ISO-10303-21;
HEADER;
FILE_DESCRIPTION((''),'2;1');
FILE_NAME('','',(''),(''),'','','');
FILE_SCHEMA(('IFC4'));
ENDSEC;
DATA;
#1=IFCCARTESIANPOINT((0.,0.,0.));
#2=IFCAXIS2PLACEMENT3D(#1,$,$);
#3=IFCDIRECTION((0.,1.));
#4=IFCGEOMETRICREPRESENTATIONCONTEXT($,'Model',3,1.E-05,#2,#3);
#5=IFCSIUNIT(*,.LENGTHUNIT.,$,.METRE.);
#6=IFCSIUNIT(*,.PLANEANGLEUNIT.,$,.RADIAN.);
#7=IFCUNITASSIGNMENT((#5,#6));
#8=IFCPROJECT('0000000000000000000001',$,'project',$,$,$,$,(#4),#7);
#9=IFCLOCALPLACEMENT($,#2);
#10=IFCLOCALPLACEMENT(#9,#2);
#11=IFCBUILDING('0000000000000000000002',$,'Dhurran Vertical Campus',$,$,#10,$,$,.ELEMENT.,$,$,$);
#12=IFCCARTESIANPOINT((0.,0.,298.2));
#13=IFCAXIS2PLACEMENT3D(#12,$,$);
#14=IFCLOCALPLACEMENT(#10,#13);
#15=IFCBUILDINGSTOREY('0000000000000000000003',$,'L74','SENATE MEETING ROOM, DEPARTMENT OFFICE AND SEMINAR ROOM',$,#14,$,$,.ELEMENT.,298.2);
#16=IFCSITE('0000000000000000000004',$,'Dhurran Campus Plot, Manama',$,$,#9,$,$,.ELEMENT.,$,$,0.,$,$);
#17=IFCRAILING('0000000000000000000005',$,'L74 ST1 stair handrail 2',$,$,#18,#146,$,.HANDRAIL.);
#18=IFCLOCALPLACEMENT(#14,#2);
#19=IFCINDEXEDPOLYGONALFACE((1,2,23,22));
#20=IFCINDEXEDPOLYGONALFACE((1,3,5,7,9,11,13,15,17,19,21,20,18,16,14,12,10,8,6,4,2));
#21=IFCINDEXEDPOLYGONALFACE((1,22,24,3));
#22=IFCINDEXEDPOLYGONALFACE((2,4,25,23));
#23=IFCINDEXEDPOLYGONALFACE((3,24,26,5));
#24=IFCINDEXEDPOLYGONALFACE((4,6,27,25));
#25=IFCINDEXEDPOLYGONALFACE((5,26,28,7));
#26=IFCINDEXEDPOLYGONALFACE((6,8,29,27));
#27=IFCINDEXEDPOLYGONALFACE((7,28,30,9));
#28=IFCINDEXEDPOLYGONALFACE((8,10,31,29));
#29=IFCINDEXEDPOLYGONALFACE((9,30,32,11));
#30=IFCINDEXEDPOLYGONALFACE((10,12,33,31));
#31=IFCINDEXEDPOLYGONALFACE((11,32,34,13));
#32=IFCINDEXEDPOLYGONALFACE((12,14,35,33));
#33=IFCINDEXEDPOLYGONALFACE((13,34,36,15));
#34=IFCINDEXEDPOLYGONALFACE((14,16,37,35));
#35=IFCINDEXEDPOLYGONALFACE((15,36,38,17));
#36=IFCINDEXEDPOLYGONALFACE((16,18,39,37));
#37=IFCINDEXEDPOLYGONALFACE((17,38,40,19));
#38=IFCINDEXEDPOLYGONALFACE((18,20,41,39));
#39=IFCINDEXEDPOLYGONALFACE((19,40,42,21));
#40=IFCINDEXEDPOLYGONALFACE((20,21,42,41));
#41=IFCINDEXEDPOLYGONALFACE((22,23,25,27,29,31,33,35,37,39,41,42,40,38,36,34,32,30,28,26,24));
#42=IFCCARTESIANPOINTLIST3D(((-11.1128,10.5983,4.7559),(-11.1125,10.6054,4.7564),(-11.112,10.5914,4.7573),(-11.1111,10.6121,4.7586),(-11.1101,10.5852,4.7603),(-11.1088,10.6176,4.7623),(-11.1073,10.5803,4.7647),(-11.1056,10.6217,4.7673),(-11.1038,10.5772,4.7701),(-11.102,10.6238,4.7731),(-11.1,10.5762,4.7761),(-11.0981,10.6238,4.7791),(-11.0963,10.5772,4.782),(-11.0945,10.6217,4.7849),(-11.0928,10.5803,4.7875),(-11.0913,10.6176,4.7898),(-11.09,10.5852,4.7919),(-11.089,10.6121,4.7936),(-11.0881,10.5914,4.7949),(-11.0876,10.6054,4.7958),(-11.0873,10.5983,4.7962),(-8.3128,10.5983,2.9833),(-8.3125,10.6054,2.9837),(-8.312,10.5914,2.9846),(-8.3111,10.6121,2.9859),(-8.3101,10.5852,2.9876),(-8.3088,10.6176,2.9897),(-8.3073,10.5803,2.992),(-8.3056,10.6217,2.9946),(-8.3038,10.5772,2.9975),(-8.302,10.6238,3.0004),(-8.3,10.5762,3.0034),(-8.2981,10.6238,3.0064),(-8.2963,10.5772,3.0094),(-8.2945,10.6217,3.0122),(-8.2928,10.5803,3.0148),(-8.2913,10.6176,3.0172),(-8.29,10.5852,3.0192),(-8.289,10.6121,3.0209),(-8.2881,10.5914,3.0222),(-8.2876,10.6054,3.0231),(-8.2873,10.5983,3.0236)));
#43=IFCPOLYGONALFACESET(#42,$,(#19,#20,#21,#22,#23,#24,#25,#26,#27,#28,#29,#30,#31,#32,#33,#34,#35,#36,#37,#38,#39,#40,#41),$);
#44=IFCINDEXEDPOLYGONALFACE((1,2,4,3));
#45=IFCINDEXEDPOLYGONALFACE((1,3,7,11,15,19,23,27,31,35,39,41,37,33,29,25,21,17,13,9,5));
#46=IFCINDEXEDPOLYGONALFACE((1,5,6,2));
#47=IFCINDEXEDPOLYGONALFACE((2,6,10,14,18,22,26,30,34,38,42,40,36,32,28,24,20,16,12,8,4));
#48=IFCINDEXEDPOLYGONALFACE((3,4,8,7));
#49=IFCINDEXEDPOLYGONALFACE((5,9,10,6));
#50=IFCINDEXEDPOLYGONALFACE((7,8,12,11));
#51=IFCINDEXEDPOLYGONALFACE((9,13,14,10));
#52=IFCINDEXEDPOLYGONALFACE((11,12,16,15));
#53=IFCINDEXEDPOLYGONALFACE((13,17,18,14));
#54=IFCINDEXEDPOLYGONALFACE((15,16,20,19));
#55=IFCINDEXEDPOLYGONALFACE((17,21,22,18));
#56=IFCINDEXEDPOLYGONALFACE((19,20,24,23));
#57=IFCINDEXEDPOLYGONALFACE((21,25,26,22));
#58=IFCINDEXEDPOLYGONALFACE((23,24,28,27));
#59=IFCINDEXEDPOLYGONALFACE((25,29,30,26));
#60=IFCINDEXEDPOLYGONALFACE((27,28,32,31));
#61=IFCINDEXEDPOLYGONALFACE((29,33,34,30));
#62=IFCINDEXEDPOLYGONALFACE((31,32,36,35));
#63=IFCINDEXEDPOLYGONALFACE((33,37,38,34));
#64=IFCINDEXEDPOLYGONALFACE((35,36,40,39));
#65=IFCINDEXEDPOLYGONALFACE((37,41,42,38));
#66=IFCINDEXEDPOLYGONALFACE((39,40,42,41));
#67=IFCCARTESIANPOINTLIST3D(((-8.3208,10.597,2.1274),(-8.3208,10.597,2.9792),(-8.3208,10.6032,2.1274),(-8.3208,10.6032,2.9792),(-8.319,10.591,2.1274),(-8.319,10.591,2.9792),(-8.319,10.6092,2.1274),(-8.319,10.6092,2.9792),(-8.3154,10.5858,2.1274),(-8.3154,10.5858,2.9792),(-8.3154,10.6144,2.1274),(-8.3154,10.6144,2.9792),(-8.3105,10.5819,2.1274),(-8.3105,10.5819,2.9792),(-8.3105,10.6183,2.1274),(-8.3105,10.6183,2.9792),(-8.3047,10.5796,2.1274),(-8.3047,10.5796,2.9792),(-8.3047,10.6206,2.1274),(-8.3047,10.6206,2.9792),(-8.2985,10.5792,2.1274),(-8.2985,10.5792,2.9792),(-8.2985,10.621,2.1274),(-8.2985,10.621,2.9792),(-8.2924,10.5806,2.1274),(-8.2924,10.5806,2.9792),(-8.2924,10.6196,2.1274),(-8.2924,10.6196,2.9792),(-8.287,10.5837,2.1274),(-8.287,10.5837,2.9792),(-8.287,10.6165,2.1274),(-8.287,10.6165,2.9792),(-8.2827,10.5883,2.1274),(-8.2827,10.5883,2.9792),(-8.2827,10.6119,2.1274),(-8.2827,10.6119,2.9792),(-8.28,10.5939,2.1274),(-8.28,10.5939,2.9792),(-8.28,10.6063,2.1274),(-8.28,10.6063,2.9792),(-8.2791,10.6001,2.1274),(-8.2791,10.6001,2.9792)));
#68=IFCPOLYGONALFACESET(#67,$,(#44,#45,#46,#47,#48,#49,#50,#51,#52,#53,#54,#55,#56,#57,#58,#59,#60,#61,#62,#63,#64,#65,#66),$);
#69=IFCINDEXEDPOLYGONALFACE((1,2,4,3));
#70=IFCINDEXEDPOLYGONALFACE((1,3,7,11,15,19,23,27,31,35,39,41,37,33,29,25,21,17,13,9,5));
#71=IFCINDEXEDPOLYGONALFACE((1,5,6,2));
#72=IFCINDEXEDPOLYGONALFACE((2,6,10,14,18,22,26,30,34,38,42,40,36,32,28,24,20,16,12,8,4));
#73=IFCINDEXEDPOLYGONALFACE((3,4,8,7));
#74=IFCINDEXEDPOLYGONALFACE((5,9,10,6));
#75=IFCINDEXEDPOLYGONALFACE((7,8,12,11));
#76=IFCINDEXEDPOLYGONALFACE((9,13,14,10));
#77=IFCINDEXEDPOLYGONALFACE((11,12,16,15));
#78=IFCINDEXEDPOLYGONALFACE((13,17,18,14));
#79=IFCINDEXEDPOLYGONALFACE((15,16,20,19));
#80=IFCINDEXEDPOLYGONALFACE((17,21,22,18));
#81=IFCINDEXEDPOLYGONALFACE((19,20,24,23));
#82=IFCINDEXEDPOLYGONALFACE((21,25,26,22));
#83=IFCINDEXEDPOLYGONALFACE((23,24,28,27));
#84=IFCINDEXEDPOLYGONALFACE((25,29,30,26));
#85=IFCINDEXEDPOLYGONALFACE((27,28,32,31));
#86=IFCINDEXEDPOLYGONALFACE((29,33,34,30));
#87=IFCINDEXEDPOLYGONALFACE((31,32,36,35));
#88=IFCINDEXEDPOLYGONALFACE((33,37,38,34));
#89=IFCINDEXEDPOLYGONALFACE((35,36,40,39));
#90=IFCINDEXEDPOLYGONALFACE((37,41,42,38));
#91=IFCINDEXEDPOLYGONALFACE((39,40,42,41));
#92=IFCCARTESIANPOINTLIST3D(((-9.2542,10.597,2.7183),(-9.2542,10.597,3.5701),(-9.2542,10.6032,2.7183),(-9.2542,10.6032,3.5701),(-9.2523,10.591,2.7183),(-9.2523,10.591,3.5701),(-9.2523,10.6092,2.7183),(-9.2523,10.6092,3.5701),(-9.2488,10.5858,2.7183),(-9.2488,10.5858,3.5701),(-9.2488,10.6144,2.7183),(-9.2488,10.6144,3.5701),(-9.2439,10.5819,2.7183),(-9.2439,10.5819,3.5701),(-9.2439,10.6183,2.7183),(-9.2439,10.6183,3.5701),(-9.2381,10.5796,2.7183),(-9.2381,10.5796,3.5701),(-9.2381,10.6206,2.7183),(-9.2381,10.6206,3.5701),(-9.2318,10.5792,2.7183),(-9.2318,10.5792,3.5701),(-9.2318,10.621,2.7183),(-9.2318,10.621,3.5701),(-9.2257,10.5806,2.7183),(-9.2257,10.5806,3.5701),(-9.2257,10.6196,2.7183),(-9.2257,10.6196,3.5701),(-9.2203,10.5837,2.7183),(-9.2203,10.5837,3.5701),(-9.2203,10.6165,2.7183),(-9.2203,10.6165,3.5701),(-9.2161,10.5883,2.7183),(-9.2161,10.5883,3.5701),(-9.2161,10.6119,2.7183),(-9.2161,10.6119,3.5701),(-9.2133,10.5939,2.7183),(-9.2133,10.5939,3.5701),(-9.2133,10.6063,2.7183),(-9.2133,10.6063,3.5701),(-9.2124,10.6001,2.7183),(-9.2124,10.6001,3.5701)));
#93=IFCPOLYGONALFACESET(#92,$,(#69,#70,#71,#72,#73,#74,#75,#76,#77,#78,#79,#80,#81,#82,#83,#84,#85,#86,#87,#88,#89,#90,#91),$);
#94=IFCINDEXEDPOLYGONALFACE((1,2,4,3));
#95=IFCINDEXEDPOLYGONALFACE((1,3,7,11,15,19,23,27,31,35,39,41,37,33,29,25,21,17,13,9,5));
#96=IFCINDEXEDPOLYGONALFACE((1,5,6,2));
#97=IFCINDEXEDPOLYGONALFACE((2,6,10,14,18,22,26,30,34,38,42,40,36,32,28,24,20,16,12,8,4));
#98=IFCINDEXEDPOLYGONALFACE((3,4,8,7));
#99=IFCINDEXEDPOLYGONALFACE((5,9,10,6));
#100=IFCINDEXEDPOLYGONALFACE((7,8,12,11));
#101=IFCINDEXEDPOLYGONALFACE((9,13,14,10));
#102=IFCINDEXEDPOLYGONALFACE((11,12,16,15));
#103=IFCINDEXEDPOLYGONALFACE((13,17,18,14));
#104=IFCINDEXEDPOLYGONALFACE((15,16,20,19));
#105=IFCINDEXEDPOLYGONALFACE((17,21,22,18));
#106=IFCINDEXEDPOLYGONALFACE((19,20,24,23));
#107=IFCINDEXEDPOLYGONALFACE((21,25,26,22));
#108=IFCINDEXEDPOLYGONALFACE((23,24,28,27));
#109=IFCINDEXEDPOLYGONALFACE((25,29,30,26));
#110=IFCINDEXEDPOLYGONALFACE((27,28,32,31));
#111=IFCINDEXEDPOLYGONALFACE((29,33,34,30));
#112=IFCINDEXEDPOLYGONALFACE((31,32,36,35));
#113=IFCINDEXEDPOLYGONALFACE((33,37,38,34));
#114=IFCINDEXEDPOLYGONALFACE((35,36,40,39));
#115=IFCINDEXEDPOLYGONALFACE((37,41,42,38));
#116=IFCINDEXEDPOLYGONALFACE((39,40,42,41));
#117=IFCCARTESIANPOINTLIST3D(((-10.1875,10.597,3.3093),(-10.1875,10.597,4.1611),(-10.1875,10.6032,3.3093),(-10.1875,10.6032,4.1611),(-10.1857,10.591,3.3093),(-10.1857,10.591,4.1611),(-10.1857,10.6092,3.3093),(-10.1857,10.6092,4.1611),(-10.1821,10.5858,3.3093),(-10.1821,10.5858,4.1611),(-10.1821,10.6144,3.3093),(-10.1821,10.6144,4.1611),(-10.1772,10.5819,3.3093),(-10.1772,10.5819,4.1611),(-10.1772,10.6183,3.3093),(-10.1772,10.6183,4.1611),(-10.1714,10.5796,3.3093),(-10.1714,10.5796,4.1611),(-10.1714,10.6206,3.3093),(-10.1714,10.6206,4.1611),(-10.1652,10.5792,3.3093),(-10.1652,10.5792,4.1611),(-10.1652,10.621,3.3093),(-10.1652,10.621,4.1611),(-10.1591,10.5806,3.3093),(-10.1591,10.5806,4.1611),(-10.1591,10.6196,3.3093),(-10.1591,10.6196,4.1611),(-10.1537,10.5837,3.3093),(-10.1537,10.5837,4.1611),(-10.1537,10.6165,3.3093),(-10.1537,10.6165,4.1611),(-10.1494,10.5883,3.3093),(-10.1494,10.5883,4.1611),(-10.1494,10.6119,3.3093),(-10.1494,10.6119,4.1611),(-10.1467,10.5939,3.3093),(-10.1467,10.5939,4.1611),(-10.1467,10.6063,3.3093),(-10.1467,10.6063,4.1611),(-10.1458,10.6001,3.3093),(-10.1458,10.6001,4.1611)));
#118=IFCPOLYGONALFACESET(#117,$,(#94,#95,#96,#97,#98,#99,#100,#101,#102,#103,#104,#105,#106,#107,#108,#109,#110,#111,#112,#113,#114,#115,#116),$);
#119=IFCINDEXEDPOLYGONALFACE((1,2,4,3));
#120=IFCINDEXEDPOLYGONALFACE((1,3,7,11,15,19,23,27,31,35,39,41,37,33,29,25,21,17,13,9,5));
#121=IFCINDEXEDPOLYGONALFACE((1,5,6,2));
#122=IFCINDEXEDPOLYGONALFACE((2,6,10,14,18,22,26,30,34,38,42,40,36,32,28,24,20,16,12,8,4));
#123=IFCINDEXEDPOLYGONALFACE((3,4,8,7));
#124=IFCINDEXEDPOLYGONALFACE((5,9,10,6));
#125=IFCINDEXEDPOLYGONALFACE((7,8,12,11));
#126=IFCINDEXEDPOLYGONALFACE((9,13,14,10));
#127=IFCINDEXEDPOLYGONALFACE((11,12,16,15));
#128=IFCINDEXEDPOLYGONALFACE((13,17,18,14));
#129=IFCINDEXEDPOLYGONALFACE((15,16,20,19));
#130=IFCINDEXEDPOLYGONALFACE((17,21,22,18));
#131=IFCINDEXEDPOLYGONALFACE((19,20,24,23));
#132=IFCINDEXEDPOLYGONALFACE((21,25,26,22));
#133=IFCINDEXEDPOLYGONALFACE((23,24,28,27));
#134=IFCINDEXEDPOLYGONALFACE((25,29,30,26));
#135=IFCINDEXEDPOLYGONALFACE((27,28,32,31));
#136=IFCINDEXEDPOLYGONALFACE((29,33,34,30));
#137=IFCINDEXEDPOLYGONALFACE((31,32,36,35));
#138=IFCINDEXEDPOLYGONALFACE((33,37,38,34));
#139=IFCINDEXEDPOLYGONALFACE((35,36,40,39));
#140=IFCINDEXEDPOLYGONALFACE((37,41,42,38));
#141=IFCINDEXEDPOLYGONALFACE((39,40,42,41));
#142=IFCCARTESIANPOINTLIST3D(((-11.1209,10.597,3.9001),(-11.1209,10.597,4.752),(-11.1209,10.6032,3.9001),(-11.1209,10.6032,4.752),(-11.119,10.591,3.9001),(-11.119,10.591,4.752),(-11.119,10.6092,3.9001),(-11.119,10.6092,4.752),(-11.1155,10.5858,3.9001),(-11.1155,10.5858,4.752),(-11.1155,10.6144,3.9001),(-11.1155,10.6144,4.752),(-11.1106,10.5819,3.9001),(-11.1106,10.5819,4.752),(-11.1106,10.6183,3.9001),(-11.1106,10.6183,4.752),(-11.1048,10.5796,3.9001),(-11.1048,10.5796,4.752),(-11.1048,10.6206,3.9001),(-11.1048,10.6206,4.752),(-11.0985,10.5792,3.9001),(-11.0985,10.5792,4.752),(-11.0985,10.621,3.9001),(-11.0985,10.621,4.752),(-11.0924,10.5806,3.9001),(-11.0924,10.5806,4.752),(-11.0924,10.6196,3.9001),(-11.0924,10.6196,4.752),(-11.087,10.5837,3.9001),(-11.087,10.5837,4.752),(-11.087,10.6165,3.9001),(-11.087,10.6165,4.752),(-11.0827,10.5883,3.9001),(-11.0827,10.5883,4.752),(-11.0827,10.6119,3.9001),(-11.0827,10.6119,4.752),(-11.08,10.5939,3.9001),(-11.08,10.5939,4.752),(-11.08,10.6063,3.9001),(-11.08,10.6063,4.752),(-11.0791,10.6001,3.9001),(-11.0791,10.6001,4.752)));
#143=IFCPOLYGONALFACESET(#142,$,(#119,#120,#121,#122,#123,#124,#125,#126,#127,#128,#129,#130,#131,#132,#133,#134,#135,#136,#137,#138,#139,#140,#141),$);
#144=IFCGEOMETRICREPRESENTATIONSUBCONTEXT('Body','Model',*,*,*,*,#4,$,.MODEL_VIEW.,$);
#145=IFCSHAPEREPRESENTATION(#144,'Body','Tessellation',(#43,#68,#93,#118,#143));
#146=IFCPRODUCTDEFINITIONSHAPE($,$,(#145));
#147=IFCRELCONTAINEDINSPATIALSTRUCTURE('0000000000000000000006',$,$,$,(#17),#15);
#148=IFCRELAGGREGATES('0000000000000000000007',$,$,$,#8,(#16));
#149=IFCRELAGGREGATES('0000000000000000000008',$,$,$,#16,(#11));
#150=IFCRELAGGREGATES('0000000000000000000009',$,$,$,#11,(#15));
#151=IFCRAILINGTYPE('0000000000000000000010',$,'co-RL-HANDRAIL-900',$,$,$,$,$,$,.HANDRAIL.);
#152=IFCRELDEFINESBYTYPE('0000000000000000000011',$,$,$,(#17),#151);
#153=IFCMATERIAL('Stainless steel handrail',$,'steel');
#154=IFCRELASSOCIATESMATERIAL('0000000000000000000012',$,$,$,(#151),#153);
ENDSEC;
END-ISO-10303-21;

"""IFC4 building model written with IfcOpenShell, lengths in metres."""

from ifc_helpers import new_model, si_unit, direction, frame, origin, origin_2d, place, context, subcontext, project, spatial, circle, extrude, material, type_object, element, save


model = new_model("IFC4")

# Units and contexts
model_context = context("Model", 3, precision=1e-05, world=origin(), true_north=direction((0.0, 1.0)))
body_context = subcontext(model_context, "Body", "Model", "MODEL_VIEW")
ifc_project = project(units=[si_unit("LENGTHUNIT", "METRE"), si_unit("PLANEANGLEUNIT", "RADIAN")], contexts=[model_context])

# Site, building, storey
site_placement = place(None, origin())
site = spatial("IfcSite", under=ifc_project, at=site_placement, Name="Dhurran Campus Plot, Manama", CompositionType="ELEMENT", RefElevation=0.0)
building_placement = place(site_placement, origin())
building = spatial("IfcBuilding", under=site, at=building_placement, Name="Dhurran Vertical Campus", CompositionType="ELEMENT")
storey_placement = place(building_placement, frame((0.0, 0.0, 298.2)))
storey = spatial("IfcBuildingStorey", under=building, at=storey_placement, Name="L74", Description="SENATE MEETING ROOM, DEPARTMENT OFFICE AND SEMINAR ROOM", CompositionType="ELEMENT", Elevation=298.2)

# Railing
ifc_material_1 = material(Name="Stainless steel handrail", Category="steel")
railing_type_1 = type_object("IfcRailingType", Name="co-RL-HANDRAIL-900", PredefinedType="HANDRAIL", material=ifc_material_1)
railing_1_placement = place(storey_placement, frame((-8.3, 10.6001, 2.1274)))
element("IfcRailing", 1, at=railing_1_placement, inside=storey, type_object=railing_type_1, Name="L74 ST1 stair handrail 2", PredefinedType="HANDRAIL", context=body_context, shape_type="SweptSolid", body=[
    extrude(circle(Radius=0.0239, at=origin_2d()), frame((0.0, 0.0, 0.876), z_axis=(-0.844909, 0.0, 0.53491), x_axis=(0.0, -1.0, 0.0)), (0.0, 0.0, 1.0), 3.314),
    extrude(circle(Radius=0.021, at=origin_2d()), origin(), (0.0, 0.0, 1.0), 0.8518),
    extrude(circle(Radius=0.021, at=origin_2d()), frame((-0.9333, 0.0, 0.5908)), (0.0, 0.0, 1.0), 0.8518),
    extrude(circle(Radius=0.021, at=origin_2d()), frame((-1.8667, 0.0, 1.1819)), (0.0, 0.0, 1.0), 0.8518),
    extrude(circle(Radius=0.021, at=origin_2d()), frame((-2.8, 0.0, 1.7727)), (0.0, 0.0, 1.0), 0.8518),
])

save(model, "model.ifc")
